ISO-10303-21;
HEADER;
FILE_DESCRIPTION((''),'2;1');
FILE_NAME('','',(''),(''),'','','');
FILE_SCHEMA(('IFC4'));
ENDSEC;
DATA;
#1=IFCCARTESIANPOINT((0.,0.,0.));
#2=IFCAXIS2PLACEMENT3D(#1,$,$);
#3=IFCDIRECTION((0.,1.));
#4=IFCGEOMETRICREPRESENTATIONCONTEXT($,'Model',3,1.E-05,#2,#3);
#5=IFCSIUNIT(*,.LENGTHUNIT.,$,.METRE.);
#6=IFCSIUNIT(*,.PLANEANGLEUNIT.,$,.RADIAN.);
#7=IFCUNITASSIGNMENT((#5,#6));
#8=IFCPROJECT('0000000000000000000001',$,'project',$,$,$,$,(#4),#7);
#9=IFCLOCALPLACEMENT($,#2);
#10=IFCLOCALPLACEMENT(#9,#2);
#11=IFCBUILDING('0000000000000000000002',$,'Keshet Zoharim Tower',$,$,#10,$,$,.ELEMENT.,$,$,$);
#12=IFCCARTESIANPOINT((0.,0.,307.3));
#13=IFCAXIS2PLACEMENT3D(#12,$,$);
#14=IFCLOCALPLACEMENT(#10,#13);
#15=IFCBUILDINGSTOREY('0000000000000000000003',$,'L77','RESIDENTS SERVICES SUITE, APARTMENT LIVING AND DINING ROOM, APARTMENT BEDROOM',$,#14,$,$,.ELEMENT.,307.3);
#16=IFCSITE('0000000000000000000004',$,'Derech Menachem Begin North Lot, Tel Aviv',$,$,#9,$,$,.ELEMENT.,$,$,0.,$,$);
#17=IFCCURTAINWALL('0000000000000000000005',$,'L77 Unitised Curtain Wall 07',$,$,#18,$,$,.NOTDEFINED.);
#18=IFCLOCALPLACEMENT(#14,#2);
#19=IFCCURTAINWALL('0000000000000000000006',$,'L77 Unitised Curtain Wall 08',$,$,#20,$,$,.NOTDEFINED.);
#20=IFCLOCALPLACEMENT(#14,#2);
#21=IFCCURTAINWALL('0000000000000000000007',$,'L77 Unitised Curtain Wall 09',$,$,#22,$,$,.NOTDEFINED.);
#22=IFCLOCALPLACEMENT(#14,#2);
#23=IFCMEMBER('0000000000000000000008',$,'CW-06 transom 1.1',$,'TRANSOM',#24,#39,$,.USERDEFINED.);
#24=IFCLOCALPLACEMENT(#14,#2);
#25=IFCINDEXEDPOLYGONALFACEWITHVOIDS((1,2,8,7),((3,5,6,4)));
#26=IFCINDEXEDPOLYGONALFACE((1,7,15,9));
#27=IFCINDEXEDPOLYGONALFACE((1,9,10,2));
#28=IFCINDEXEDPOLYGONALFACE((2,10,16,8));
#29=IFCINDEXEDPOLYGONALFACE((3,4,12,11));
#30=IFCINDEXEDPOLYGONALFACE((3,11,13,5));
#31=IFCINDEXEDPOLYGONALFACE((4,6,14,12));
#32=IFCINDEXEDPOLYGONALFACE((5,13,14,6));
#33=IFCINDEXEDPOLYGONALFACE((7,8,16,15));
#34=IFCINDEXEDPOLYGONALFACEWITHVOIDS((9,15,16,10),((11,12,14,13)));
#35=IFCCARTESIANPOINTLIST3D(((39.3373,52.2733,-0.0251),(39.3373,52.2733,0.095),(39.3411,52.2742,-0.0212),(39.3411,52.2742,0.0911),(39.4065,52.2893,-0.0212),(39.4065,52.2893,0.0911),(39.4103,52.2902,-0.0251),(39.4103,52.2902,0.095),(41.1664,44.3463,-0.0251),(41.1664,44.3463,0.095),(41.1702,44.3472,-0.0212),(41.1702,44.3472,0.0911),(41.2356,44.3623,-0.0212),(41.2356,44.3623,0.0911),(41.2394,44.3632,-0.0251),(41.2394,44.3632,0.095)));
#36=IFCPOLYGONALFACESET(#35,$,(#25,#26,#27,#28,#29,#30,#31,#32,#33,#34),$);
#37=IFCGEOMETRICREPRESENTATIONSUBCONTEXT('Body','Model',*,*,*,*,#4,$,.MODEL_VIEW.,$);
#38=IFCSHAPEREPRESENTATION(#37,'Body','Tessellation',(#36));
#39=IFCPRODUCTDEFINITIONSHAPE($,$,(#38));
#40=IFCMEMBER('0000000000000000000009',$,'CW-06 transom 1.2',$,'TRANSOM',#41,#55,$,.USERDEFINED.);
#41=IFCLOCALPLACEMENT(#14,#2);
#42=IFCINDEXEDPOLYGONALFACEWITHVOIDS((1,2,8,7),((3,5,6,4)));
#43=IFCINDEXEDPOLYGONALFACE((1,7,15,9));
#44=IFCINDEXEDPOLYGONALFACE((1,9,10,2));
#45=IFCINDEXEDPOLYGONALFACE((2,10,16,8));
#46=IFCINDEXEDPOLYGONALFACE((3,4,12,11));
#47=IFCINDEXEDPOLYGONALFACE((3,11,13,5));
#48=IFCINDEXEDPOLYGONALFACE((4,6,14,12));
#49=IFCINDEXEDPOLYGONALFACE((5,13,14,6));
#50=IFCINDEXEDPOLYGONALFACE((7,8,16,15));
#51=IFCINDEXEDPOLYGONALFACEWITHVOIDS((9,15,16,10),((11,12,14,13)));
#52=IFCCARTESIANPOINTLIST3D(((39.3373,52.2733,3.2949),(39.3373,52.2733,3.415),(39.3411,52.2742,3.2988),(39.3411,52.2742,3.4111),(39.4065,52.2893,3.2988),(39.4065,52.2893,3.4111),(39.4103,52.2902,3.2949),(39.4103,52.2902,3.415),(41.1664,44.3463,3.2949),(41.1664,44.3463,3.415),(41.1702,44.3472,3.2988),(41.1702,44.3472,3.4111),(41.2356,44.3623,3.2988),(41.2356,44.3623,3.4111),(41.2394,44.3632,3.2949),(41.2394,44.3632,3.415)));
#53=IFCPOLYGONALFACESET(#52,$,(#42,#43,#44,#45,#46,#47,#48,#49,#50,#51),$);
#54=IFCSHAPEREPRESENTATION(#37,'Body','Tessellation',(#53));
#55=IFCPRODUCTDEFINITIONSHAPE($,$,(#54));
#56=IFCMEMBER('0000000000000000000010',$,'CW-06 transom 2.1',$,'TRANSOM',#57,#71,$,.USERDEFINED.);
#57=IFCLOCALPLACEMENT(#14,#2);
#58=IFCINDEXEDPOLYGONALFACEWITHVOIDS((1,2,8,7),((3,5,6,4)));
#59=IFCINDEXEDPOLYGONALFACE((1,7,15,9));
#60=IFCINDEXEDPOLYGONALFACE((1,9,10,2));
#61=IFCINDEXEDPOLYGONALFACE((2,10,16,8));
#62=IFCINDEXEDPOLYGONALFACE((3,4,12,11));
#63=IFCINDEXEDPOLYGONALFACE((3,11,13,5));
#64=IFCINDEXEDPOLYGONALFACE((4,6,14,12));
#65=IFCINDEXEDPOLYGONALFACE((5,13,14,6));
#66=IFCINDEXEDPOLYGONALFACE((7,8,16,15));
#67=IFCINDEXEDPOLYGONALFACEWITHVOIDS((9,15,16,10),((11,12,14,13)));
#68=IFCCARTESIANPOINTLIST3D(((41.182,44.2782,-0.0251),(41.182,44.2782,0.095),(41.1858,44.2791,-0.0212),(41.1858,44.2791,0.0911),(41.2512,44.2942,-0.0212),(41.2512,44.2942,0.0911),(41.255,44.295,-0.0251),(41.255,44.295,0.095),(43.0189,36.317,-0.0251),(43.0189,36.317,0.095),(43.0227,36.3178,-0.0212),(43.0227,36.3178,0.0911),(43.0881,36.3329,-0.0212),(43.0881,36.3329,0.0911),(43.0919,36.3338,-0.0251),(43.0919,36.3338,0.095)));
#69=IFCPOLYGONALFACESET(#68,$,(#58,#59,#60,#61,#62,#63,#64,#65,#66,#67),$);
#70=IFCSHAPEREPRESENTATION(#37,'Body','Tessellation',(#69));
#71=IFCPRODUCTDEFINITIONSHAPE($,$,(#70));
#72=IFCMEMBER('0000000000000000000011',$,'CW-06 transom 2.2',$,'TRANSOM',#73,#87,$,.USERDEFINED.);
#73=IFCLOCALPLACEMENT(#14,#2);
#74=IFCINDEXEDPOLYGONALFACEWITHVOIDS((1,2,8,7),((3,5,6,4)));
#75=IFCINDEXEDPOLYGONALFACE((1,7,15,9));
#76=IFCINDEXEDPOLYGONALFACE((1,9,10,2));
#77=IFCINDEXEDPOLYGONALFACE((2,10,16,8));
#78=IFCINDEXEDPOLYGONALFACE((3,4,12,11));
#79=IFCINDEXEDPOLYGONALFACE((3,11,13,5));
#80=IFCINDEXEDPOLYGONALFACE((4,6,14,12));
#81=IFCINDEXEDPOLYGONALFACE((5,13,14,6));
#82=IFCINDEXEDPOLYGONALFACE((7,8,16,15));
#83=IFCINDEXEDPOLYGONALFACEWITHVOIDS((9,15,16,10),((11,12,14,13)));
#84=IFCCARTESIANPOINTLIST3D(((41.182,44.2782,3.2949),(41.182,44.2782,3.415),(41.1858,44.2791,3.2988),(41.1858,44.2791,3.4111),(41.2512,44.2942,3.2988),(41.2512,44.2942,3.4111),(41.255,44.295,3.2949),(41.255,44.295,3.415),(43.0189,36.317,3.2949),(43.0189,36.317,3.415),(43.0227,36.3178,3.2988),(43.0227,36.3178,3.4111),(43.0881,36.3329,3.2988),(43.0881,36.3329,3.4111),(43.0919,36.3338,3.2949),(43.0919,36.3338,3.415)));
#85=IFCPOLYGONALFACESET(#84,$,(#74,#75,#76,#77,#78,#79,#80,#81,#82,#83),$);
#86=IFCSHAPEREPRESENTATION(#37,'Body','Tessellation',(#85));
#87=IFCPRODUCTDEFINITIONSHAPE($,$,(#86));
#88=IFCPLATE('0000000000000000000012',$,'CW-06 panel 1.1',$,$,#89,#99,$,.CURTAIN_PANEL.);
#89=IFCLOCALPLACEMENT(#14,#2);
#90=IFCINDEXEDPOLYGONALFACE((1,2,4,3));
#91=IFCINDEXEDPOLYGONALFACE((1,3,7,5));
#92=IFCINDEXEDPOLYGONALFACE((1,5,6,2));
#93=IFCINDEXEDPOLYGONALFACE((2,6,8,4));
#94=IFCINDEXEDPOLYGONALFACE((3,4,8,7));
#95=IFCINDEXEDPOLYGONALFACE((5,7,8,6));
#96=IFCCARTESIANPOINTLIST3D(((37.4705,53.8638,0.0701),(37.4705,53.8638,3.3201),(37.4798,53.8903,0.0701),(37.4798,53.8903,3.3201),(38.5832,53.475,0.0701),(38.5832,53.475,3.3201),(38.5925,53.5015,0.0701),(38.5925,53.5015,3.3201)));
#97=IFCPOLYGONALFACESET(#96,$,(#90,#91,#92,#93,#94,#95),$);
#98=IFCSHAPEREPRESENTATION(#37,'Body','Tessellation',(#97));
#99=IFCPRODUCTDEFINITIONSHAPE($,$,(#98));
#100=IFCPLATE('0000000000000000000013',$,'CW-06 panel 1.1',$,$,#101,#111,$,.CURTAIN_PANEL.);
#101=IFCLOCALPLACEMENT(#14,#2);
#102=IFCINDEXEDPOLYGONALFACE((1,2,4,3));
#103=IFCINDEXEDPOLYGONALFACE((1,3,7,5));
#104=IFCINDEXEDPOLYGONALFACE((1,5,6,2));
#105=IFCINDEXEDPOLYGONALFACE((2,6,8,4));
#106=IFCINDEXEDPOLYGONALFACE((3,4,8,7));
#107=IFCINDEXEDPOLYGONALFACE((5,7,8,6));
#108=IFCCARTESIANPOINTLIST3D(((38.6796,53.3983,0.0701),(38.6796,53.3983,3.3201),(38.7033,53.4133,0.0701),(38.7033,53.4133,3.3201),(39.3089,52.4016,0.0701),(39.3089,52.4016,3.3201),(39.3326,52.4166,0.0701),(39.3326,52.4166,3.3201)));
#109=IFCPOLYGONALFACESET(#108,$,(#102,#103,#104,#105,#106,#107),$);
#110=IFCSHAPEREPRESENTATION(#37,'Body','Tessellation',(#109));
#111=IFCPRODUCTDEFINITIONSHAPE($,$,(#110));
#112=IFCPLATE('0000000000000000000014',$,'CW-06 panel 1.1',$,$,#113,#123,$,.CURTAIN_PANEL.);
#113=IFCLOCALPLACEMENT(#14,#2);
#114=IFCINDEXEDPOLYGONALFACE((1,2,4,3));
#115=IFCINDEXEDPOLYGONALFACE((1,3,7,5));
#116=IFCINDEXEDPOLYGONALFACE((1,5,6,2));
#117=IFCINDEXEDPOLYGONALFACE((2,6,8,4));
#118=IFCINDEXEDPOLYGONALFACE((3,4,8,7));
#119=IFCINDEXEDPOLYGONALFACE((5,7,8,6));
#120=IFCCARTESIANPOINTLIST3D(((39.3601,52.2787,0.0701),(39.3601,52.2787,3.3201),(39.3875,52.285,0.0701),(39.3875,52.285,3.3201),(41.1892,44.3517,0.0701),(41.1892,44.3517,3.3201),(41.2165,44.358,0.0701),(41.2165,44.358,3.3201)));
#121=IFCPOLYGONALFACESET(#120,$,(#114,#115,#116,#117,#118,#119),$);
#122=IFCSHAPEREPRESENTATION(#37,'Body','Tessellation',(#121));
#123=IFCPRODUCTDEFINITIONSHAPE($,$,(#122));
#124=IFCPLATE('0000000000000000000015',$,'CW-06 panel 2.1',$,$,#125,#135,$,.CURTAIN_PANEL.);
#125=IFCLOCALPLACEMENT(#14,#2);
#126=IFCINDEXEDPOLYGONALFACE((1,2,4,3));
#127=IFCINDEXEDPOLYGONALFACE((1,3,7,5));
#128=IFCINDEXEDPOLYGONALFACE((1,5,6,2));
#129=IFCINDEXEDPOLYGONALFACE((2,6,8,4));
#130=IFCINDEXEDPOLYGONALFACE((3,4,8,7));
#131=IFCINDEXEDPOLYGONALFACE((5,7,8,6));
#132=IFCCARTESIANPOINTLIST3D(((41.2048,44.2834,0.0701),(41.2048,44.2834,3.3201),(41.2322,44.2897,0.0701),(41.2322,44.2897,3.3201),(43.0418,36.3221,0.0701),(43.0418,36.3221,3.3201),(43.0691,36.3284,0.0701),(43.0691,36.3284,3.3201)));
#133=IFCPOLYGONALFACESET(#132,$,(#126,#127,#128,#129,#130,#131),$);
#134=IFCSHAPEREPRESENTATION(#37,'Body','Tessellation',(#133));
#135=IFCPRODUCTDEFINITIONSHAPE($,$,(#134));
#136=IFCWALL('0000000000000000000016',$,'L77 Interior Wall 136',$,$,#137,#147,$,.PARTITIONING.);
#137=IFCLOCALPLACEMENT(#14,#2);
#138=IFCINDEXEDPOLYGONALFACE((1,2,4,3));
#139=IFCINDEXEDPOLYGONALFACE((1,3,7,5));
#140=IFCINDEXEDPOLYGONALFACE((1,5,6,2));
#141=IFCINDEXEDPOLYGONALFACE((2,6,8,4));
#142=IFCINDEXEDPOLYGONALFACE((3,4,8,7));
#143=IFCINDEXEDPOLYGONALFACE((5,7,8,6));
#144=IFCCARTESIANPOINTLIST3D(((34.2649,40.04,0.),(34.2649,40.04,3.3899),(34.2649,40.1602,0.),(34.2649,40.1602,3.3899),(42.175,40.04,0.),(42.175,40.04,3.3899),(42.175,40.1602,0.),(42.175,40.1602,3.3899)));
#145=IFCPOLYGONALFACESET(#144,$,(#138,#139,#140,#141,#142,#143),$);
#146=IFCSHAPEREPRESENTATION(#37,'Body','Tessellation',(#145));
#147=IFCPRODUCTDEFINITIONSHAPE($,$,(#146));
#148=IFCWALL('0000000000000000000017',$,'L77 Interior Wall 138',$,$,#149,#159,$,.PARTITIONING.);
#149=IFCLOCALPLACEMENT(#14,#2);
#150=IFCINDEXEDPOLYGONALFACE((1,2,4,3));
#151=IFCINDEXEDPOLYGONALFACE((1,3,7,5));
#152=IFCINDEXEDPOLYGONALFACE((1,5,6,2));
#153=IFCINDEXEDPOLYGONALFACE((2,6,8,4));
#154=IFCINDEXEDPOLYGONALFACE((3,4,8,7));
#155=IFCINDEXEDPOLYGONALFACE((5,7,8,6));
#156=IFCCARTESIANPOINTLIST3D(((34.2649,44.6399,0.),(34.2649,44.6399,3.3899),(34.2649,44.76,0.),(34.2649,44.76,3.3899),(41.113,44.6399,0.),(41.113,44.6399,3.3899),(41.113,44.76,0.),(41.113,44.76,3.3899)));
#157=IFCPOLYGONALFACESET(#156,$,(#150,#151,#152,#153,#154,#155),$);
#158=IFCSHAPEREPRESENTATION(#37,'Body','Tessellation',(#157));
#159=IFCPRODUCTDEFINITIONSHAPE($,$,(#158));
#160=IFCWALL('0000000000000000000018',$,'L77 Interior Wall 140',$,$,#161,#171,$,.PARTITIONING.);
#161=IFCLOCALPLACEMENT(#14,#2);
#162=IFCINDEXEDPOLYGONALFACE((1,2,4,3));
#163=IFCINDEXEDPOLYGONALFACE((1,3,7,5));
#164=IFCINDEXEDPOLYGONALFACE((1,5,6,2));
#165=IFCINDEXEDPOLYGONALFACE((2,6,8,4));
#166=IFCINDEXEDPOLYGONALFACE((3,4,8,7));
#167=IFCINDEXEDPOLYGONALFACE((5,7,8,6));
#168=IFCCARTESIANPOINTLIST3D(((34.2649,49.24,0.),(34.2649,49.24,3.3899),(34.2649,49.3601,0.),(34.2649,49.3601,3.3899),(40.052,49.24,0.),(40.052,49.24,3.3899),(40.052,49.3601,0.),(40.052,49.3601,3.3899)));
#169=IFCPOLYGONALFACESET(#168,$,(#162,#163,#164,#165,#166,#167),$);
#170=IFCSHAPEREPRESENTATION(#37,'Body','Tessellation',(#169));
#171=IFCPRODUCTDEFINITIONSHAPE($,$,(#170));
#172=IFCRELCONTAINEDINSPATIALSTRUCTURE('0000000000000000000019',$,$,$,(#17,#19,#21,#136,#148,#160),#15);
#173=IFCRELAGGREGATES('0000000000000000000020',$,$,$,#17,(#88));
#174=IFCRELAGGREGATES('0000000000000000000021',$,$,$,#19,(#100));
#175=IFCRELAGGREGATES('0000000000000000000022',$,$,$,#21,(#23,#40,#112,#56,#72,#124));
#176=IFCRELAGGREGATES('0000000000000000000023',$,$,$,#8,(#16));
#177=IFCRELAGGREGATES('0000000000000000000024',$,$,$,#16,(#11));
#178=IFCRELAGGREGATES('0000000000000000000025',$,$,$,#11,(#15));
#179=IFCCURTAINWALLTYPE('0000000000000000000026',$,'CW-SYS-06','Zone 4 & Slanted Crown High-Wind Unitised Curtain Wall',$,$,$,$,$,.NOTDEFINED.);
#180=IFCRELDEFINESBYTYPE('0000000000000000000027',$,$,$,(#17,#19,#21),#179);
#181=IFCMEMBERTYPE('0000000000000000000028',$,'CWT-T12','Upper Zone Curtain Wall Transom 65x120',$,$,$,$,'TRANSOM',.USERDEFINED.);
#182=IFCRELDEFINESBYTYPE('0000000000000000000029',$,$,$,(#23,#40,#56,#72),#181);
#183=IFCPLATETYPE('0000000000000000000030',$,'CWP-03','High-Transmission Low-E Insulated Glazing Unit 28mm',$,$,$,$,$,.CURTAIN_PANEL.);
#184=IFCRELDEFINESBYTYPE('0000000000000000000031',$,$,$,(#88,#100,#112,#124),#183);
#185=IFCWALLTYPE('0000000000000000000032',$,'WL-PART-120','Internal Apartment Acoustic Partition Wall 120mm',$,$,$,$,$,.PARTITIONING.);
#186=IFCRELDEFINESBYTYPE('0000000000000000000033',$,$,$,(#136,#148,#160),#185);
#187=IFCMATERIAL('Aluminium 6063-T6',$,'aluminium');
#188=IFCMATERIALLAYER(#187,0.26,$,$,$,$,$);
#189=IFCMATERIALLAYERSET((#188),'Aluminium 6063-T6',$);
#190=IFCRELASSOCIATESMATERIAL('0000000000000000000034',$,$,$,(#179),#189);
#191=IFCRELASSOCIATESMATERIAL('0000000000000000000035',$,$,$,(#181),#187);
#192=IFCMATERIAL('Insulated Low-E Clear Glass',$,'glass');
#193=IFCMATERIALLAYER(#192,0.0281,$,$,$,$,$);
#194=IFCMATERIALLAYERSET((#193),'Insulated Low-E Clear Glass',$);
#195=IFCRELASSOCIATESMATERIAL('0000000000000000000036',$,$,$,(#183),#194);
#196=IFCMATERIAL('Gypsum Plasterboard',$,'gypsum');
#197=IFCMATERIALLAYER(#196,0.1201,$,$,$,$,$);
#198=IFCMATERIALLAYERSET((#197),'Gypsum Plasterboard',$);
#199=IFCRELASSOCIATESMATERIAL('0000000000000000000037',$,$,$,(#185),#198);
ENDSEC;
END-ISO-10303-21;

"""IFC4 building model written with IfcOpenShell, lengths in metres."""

from ifc_helpers import new_model, si_unit, direction, frame, frame_2d, origin, origin_2d, place, context, subcontext, project, spatial, rectangle, hollow_rectangle, extrude, material, layer, layer_set, material_profile, profile_set, type_object, element, aggregate, save


model = new_model("IFC4")

# Units and contexts
model_context = context("Model", 3, precision=1e-05, world=origin(), true_north=direction((0.0, 1.0)))
body_context = subcontext(model_context, "Body", "Model", "MODEL_VIEW")
ifc_project = project(units=[si_unit("LENGTHUNIT", "METRE"), si_unit("PLANEANGLEUNIT", "RADIAN")], contexts=[model_context])

# Site, building, storey
site_placement = place(None, origin())
site = spatial("IfcSite", under=ifc_project, at=site_placement, Name="Derech Menachem Begin North Lot, Tel Aviv", CompositionType="ELEMENT", RefElevation=0.0)
building_placement = place(site_placement, origin())
building = spatial("IfcBuilding", under=site, at=building_placement, Name="Keshet Zoharim Tower", CompositionType="ELEMENT")
storey_placement = place(building_placement, frame((0.0, 0.0, 307.3)))
storey = spatial("IfcBuildingStorey", under=building, at=storey_placement, Name="L77", Description="RESIDENTS SERVICES SUITE, APARTMENT LIVING AND DINING ROOM, APARTMENT BEDROOM", CompositionType="ELEMENT", Elevation=307.3)

# Shared definitions
ifc_material_1 = material(Name="Aluminium 6063-T6", Category="aluminium")
ifc_layer_1 = layer(ifc_material_1, 0.26)
ifc_layer_set_1 = layer_set([ifc_layer_1], Name="Aluminium 6063-T6")
curtain_wall_type = type_object("IfcCurtainWallType", Name="CW-SYS-06", Description="Zone 4 & Slanted Crown High-Wind Unitised Curtain Wall", PredefinedType="NOTDEFINED", material=ifc_layer_set_1)

# Curtain walls
curtain_wall_1_placement = place(storey_placement, origin())
curtain_wall_1 = element("IfcCurtainWall", 1, at=curtain_wall_1_placement, inside=storey, type_object=curtain_wall_type, Name="L77 Unitised Curtain Wall 07", PredefinedType="NOTDEFINED")
curtain_wall_2_placement = place(storey_placement, origin())
curtain_wall_2 = element("IfcCurtainWall", 2, at=curtain_wall_2_placement, inside=storey, type_object=curtain_wall_type, Name="L77 Unitised Curtain Wall 08", PredefinedType="NOTDEFINED")
curtain_wall_3_placement = place(storey_placement, origin())
curtain_wall_3 = element("IfcCurtainWall", 3, at=curtain_wall_3_placement, inside=storey, type_object=curtain_wall_type, Name="L77 Unitised Curtain Wall 09", PredefinedType="NOTDEFINED")

# Members
ifc_material_profile_1 = material_profile(ifc_material_1, hollow_rectangle(XDim=0.075, YDim=0.1201, WallThickness=0.0039, at=origin_2d()), Name="TRN-75x120")
ifc_profile_set_1 = profile_set([ifc_material_profile_1], Name="Aluminium 6063-T6")
member_type_1 = type_object("IfcMemberType", Name="CWT-T12", Description="Upper Zone Curtain Wall Transom 65x120", ElementType="TRANSOM", PredefinedType="USERDEFINED", material=ifc_profile_set_1)
member_1_placement = place(storey_placement, frame((39.3738, 52.2817, 0.0349), z_axis=(0.224835, -0.974397, 0.0), x_axis=(0.974397, 0.224835, 0.0)))
member_1 = element("IfcMember", 4, at=member_1_placement, type_object=member_type_1, Name="CW-06 transom 1.1", ObjectType="TRANSOM", PredefinedType="USERDEFINED", context=body_context, shape_type="SweptSolid", body=[
    extrude(hollow_rectangle(XDim=0.075, YDim=0.1201, WallThickness=0.0039, at=origin_2d()), origin(), (0.0, 0.0, 1.0), 8.1353),
])
member_2_placement = place(storey_placement, frame((39.3738, 52.2817, 3.355), z_axis=(0.224835, -0.974397, 0.0), x_axis=(0.974397, 0.224835, 0.0)))
member_2 = element("IfcMember", 5, at=member_2_placement, type_object=member_type_1, Name="CW-06 transom 1.2", ObjectType="TRANSOM", PredefinedType="USERDEFINED", context=body_context, shape_type="SweptSolid", body=[
    extrude(hollow_rectangle(XDim=0.075, YDim=0.1201, WallThickness=0.0039, at=origin_2d()), origin(), (0.0, 0.0, 1.0), 8.1353),
])
member_3_placement = place(storey_placement, frame((41.2185, 44.2866, 0.0349), z_axis=(0.224827, -0.974399, 0.0), x_axis=(0.974399, 0.224827, 0.0)))
member_3 = element("IfcMember", 6, at=member_3_placement, type_object=member_type_1, Name="CW-06 transom 2.1", ObjectType="TRANSOM", PredefinedType="USERDEFINED", context=body_context, shape_type="SweptSolid", body=[
    extrude(hollow_rectangle(XDim=0.075, YDim=0.1201, WallThickness=0.0039, at=origin_2d()), origin(), (0.0, 0.0, 1.0), 8.1704),
])
member_4_placement = place(storey_placement, frame((41.2185, 44.2866, 3.355), z_axis=(0.224827, -0.974399, 0.0), x_axis=(0.974399, 0.224827, 0.0)))
member_4 = element("IfcMember", 7, at=member_4_placement, type_object=member_type_1, Name="CW-06 transom 2.2", ObjectType="TRANSOM", PredefinedType="USERDEFINED", context=body_context, shape_type="SweptSolid", body=[
    extrude(hollow_rectangle(XDim=0.075, YDim=0.1201, WallThickness=0.0039, at=origin_2d()), origin(), (0.0, 0.0, 1.0), 8.1704),
])

# Plates
ifc_material_2 = material(Name="Insulated Low-E Clear Glass", Category="glass")
ifc_layer_2 = layer(ifc_material_2, 0.0281)
ifc_layer_set_2 = layer_set([ifc_layer_2], Name="Insulated Low-E Clear Glass")
plate_type = type_object("IfcPlateType", Name="CWP-03", Description="High-Transmission Low-E Insulated Glazing Unit 28mm", PredefinedType="CURTAIN_PANEL", material=ifc_layer_set_2)
plate_1_placement = place(storey_placement, frame((38.0315, 53.6826, 0.0701), z_axis=(0.0, 0.0, 1.0), x_axis=(0.944036, -0.329844, 0.0)))
plate_1 = element("IfcPlate", 8, at=plate_1_placement, type_object=plate_type, Name="CW-06 panel 1.1", PredefinedType="CURTAIN_PANEL", context=body_context, shape_type="SweptSolid", body=[
    extrude(rectangle(XDim=1.1787, YDim=0.0281, at=origin_2d()), origin(), (0.0, 0.0, 1.0), 3.25),
])
aggregate(curtain_wall_1, [plate_1])
plate_2_placement = place(storey_placement, frame((39.0061, 52.9075, 0.0701), z_axis=(0.0, 0.0, 1.0), x_axis=(0.533879, -0.845561, 0.0)))
plate_2 = element("IfcPlate", 9, at=plate_2_placement, type_object=plate_type, Name="CW-06 panel 1.1", PredefinedType="CURTAIN_PANEL", context=body_context, shape_type="SweptSolid", body=[
    extrude(rectangle(XDim=1.1787, YDim=0.0281, at=origin_2d()), origin(), (0.0, 0.0, 1.0), 3.25),
])
aggregate(curtain_wall_2, [plate_2])
plate_3_placement = place(storey_placement, frame((40.2883, 48.3184, 0.0701), z_axis=(0.0, 0.0, 1.0), x_axis=(0.22483, -0.974398, 0.0)))
plate_3 = element("IfcPlate", 10, at=plate_3_placement, type_object=plate_type, Name="CW-06 panel 1.1", PredefinedType="CURTAIN_PANEL", context=body_context, shape_type="SweptSolid", body=[
    extrude(rectangle(XDim=8.1353, YDim=0.0281, at=origin_2d()), origin(), (0.0, 0.0, 1.0), 3.25),
])
plate_4_placement = place(storey_placement, frame((42.137, 40.3059, 0.0701), z_axis=(0.0, 0.0, 1.0), x_axis=(0.22483, -0.974398, 0.0)))
plate_4 = element("IfcPlate", 11, at=plate_4_placement, type_object=plate_type, Name="CW-06 panel 2.1", PredefinedType="CURTAIN_PANEL", context=body_context, shape_type="SweptSolid", body=[
    extrude(rectangle(XDim=8.1704, YDim=0.0281, at=origin_2d()), origin(), (0.0, 0.0, 1.0), 3.25),
])
aggregate(curtain_wall_3, [member_1, member_2, plate_3, member_3, member_4, plate_4])

# Walls
ifc_material_3 = material(Name="Gypsum Plasterboard", Category="gypsum")
ifc_layer_3 = layer(ifc_material_3, 0.1201)
ifc_layer_set_3 = layer_set([ifc_layer_3], Name="Gypsum Plasterboard")
wall_type = type_object("IfcWallType", Name="WL-PART-120", Description="Internal Apartment Acoustic Partition Wall 120mm", PredefinedType="PARTITIONING", material=ifc_layer_set_3)
wall_1_placement = place(storey_placement, frame((34.2649, 40.1001, 0.0), z_axis=(0.0, 0.0, 1.0), x_axis=(1.0, 0.0, 0.0)))
element("IfcWall", 12, at=wall_1_placement, inside=storey, type_object=wall_type, Name="L77 Interior Wall 136", PredefinedType="PARTITIONING", context=body_context, shape_type="SweptSolid", body=[
    extrude(rectangle(XDim=7.9102, YDim=0.1201, at=frame_2d((3.9551, 0.0))), origin(), (0.0, 0.0, 1.0), 3.3899),
])
wall_2_placement = place(storey_placement, frame((34.2649, 44.7, 0.0), z_axis=(0.0, 0.0, 1.0), x_axis=(1.0, 0.0, 0.0)))
element("IfcWall", 13, at=wall_2_placement, inside=storey, type_object=wall_type, Name="L77 Interior Wall 138", PredefinedType="PARTITIONING", context=body_context, shape_type="SweptSolid", body=[
    extrude(rectangle(XDim=6.8481, YDim=0.1201, at=frame_2d((3.4241, 0.0))), origin(), (0.0, 0.0, 1.0), 3.3899),
])
wall_3_placement = place(storey_placement, frame((34.2649, 49.3, 0.0), z_axis=(0.0, 0.0, 1.0), x_axis=(1.0, 0.0, 0.0)))
element("IfcWall", 14, at=wall_3_placement, inside=storey, type_object=wall_type, Name="L77 Interior Wall 140", PredefinedType="PARTITIONING", context=body_context, shape_type="SweptSolid", body=[
    extrude(rectangle(XDim=5.7871, YDim=0.1201, at=frame_2d((2.8936, 0.0))), origin(), (0.0, 0.0, 1.0), 3.3899),
])

save(model, "model.ifc")
